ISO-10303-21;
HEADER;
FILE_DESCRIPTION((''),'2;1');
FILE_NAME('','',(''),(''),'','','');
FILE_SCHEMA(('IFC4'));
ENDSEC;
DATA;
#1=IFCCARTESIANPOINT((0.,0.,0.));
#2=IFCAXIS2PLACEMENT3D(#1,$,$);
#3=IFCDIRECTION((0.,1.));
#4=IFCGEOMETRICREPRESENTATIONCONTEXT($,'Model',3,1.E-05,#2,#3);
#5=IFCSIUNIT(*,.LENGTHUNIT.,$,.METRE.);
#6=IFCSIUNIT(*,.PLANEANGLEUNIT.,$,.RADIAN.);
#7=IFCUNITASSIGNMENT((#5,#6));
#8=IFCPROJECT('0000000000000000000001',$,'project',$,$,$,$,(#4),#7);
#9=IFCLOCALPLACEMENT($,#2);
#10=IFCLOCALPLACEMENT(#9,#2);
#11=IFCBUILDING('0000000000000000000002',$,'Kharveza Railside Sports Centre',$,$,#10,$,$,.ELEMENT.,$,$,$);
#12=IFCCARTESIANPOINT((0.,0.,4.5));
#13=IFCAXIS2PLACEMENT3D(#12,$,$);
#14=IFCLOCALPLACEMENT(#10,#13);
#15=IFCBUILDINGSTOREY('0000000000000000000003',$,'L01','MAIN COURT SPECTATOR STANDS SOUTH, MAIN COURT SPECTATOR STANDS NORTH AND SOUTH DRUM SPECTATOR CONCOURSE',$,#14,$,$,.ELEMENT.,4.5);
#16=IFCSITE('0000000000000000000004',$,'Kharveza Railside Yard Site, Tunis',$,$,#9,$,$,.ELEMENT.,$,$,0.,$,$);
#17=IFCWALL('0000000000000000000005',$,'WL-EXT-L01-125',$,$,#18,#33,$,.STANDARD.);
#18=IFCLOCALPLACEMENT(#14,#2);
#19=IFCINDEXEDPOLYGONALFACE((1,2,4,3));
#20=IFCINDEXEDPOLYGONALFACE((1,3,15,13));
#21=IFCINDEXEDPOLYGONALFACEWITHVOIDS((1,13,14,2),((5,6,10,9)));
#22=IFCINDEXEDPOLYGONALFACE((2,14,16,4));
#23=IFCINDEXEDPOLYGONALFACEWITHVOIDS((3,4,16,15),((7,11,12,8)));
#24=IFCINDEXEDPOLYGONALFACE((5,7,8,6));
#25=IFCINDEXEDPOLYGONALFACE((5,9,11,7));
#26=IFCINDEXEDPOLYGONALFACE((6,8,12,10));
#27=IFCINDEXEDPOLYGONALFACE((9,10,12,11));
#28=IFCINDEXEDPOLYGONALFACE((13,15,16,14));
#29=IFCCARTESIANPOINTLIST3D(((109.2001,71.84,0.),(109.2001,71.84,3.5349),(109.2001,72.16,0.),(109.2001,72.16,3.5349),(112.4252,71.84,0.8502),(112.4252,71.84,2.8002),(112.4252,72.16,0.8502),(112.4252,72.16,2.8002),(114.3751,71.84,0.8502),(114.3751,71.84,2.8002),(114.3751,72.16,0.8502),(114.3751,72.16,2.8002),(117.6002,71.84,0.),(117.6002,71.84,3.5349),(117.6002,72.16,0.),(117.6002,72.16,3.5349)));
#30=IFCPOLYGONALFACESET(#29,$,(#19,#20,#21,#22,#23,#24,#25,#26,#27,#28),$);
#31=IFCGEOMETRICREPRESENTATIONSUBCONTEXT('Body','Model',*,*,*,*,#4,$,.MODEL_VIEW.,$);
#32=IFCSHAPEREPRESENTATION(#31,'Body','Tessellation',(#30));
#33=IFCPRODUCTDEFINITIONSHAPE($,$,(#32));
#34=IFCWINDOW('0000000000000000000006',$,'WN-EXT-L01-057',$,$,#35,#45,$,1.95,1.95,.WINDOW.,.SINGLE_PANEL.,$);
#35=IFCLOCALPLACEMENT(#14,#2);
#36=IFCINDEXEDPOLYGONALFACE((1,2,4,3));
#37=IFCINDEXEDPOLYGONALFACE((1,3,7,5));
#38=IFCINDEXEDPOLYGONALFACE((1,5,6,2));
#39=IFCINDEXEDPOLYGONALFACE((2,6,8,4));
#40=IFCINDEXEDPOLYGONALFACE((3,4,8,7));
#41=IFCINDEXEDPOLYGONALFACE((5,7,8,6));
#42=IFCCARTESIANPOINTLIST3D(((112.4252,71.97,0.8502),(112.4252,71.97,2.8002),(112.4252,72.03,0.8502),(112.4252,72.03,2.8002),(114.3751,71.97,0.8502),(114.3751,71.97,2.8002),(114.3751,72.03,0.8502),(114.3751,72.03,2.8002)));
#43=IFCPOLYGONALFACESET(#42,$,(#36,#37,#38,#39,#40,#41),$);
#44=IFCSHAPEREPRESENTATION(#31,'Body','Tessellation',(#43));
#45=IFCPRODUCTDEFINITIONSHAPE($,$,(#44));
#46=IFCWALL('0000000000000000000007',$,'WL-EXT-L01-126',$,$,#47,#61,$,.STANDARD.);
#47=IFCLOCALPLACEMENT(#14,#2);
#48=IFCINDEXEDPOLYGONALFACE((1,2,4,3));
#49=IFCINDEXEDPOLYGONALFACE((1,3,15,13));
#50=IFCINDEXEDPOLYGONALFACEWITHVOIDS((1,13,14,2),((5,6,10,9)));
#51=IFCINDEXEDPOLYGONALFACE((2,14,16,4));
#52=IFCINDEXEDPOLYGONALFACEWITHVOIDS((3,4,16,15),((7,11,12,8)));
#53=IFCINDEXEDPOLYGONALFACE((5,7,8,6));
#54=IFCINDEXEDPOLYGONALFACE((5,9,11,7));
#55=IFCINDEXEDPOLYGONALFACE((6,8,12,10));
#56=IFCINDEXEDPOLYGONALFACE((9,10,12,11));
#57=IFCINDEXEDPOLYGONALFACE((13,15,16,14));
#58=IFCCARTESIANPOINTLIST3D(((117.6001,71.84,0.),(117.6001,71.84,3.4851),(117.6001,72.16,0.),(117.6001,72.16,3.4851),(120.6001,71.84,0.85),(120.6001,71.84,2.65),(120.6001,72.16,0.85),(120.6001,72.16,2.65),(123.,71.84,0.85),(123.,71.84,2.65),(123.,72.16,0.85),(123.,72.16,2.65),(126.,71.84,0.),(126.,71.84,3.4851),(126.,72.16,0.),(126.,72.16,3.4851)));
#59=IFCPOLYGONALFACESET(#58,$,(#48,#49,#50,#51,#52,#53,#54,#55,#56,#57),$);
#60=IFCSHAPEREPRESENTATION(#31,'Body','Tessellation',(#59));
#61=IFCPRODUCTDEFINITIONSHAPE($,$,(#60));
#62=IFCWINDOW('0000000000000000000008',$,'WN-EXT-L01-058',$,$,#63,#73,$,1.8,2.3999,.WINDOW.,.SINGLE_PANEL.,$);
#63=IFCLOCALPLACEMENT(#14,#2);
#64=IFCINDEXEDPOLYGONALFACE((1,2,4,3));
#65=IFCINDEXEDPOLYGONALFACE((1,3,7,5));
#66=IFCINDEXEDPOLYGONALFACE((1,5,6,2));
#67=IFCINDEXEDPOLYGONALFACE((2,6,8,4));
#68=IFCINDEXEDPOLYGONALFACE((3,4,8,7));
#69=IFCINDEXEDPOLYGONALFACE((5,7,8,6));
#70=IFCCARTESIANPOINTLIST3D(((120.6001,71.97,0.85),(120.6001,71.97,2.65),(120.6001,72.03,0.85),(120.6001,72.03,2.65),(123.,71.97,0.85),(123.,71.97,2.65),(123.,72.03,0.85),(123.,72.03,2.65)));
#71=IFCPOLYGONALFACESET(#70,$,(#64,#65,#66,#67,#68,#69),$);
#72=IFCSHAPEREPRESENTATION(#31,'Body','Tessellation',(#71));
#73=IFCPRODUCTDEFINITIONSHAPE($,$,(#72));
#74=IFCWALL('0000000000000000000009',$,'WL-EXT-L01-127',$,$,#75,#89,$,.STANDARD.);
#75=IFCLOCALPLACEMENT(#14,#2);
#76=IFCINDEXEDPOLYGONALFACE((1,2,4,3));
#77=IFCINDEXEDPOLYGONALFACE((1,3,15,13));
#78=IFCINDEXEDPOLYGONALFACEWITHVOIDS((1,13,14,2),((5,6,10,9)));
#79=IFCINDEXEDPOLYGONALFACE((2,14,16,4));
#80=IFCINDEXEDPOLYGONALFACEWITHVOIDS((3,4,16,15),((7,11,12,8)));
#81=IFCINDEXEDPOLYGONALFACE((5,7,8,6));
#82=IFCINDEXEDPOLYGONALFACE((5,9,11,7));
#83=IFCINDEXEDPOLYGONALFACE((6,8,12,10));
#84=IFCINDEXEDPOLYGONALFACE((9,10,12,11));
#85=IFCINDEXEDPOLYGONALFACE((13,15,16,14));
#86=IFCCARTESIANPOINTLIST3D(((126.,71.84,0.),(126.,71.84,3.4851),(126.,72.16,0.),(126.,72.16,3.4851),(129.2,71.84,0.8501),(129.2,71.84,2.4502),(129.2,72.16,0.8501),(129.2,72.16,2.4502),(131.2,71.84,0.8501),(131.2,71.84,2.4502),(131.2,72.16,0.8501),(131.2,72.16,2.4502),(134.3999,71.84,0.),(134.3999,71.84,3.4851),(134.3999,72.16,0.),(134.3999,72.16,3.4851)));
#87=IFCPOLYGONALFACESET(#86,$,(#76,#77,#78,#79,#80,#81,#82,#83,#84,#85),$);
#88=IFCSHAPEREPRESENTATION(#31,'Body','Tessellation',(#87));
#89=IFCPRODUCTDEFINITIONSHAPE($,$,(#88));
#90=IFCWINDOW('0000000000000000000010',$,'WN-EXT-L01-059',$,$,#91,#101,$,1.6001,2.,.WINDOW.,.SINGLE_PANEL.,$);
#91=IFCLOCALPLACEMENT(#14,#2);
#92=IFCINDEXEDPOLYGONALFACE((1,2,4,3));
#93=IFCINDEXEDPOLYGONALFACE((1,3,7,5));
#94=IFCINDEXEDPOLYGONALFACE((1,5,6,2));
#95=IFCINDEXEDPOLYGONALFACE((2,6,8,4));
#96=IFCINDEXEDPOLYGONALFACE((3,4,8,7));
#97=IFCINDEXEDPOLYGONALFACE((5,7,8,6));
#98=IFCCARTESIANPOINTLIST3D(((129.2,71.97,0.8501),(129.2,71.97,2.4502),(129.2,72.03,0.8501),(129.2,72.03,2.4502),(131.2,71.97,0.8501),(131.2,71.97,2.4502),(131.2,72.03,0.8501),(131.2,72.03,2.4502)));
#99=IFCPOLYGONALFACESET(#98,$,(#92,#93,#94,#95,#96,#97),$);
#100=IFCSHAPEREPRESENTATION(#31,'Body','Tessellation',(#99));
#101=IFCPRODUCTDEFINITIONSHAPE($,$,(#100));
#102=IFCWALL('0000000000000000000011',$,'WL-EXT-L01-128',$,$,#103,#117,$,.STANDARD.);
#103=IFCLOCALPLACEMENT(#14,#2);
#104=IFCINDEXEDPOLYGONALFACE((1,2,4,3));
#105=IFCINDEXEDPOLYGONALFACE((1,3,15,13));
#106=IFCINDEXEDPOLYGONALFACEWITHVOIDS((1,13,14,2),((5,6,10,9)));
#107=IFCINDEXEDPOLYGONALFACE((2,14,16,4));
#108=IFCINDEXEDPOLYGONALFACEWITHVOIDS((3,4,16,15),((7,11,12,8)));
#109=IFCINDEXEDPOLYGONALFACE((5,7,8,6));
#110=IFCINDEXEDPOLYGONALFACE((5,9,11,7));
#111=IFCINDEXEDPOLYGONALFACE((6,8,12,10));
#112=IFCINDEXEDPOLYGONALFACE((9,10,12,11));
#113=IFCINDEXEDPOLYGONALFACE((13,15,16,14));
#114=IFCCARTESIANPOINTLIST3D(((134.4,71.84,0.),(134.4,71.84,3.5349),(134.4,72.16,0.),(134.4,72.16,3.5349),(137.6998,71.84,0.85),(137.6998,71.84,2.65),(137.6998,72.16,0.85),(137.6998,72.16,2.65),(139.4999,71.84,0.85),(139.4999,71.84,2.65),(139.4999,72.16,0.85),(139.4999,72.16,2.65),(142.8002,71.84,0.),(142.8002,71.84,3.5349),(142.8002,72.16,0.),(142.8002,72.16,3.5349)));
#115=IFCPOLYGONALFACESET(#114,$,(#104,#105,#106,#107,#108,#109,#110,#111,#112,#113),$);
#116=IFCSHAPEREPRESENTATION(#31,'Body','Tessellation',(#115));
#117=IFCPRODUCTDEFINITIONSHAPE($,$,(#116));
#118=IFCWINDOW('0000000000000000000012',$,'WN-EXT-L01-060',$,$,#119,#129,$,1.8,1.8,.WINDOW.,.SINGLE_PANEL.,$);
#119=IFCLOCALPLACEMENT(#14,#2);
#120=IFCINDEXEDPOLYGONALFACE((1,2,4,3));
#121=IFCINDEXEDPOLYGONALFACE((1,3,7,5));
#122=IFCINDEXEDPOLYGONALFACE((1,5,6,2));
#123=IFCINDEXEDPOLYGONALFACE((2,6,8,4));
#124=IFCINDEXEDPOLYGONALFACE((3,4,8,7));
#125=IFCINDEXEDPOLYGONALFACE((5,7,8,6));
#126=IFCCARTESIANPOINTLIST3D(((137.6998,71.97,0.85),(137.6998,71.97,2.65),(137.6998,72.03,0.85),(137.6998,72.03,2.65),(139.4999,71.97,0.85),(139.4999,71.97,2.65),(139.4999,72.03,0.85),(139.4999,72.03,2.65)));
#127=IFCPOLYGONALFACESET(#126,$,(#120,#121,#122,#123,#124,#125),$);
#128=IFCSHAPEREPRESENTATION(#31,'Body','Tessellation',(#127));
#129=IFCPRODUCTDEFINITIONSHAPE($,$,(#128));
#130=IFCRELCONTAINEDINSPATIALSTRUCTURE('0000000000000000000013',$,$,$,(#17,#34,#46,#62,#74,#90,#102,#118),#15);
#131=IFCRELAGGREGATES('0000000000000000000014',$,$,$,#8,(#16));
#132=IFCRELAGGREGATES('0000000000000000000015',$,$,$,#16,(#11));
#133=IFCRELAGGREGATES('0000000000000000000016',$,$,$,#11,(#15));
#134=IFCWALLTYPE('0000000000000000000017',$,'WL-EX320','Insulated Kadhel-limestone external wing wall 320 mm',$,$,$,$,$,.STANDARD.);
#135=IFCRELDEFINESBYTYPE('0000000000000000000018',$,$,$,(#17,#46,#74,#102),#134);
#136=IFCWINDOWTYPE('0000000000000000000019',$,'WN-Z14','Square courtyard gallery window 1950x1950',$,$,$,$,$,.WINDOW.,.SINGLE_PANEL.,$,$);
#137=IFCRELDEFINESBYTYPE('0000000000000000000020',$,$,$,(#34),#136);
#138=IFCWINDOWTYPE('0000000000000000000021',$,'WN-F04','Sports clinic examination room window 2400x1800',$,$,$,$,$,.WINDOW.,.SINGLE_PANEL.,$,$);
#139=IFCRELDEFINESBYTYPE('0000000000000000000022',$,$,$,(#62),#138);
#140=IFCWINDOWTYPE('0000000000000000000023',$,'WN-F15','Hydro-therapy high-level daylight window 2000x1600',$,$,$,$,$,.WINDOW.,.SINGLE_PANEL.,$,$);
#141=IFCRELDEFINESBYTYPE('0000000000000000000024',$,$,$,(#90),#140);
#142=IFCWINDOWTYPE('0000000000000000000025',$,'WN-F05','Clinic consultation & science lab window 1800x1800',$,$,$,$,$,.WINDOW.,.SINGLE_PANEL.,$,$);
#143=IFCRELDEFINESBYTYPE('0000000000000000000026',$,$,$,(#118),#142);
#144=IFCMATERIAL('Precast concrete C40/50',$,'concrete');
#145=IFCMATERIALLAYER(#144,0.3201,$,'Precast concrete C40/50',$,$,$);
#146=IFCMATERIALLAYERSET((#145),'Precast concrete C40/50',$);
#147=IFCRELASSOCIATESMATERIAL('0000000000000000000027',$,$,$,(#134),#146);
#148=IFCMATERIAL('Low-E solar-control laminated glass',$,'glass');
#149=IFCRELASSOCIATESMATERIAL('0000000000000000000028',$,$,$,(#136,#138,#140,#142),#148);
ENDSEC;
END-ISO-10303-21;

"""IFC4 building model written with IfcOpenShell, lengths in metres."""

from ifc_helpers import new_model, si_unit, direction, frame, frame_2d, origin, place, context, subcontext, project, spatial, rectangle, extrude, material, layer, layer_set, type_object, element, fill, save


model = new_model("IFC4")

# Units and contexts
model_context = context("Model", 3, precision=1e-05, world=origin(), true_north=direction((0.0, 1.0)))
body_context = subcontext(model_context, "Body", "Model", "MODEL_VIEW")
ifc_project = project(units=[si_unit("LENGTHUNIT", "METRE"), si_unit("PLANEANGLEUNIT", "RADIAN")], contexts=[model_context])

# Site, building, storey
site_placement = place(None, origin())
site = spatial("IfcSite", under=ifc_project, at=site_placement, Name="Kharveza Railside Yard Site, Tunis", CompositionType="ELEMENT", RefElevation=0.0)
building_placement = place(site_placement, origin())
building = spatial("IfcBuilding", under=site, at=building_placement, Name="Kharveza Railside Sports Centre", CompositionType="ELEMENT")
storey_placement = place(building_placement, frame((0.0, 0.0, 4.5)))
storey = spatial("IfcBuildingStorey", under=building, at=storey_placement, Name="L01", Description="MAIN COURT SPECTATOR STANDS SOUTH, MAIN COURT SPECTATOR STANDS NORTH AND SOUTH DRUM SPECTATOR CONCOURSE", CompositionType="ELEMENT", Elevation=4.5)

# Walls, openings, windows
ifc_material_1 = material(Name="Precast concrete C40/50", Category="concrete")
ifc_layer = layer(ifc_material_1, 0.3201, Name="Precast concrete C40/50")
ifc_layer_set = layer_set([ifc_layer], Name="Precast concrete C40/50")
wall_type = type_object("IfcWallType", Name="WL-EX320", Description="Insulated Kadhel-limestone external wing wall 320 mm", PredefinedType="STANDARD", material=ifc_layer_set)
wall_1_placement = place(storey_placement, frame((109.2, 72.0, 0.0), z_axis=(0.0, 0.0, 1.0), x_axis=(1.0, 0.0, 0.0)))
wall_1 = element("IfcWall", 1, at=wall_1_placement, inside=storey, type_object=wall_type, Name="WL-EXT-L01-125", PredefinedType="STANDARD", context=body_context, shape_type="SweptSolid", body=[
    extrude(rectangle(XDim=8.4001, YDim=0.3201, at=frame_2d((4.2002, 0.0))), origin(), (0.0, 0.0, 1.0), 3.5349),
])
opening_1_placement = place(wall_1_placement, frame((3.2251, 0.0, 0.8501)))
opening_1 = element("IfcOpeningElement", 2, at=opening_1_placement, cuts=wall_1, PredefinedType="OPENING", context=body_context, shape_type="SweptSolid", body=[
    extrude(rectangle(XDim=1.95, YDim=1.95, at=frame_2d((0.9751, 0.9751))), frame((0.0, 0.1851, 0.0), z_axis=(0.0, -1.0, 0.0), x_axis=(1.0, 0.0, 0.0)), (0.0, 0.0, 1.0), 0.3699),
])
ifc_material_2 = material(Name="Low-E solar-control laminated glass", Category="glass")
window_type_1 = type_object("IfcWindowType", Name="WN-Z14", Description="Square courtyard gallery window 1950x1950", PartitioningType="SINGLE_PANEL", PredefinedType="WINDOW", material=ifc_material_2)
window_1_placement = place(opening_1_placement, origin())
window_1 = element("IfcWindow", 3, at=window_1_placement, inside=storey, type_object=window_type_1, Name="WN-EXT-L01-057", OverallHeight=1.95, OverallWidth=1.95, PartitioningType="SINGLE_PANEL", PredefinedType="WINDOW", context=body_context, shape_type="SweptSolid", body=[
    extrude(rectangle(XDim=1.95, YDim=1.95, at=frame_2d((0.9751, 0.9751))), frame((0.0, 0.03, 0.0), z_axis=(0.0, -1.0, 0.0), x_axis=(1.0, 0.0, 0.0)), (0.0, 0.0, 1.0), 0.0601),
])
fill(opening_1, window_1)
wall_2_placement = place(storey_placement, frame((117.6001, 72.0, 0.0), z_axis=(0.0, 0.0, 1.0), x_axis=(1.0, 0.0, 0.0)))
wall_2 = element("IfcWall", 4, at=wall_2_placement, inside=storey, type_object=wall_type, Name="WL-EXT-L01-126", PredefinedType="STANDARD", context=body_context, shape_type="SweptSolid", body=[
    extrude(rectangle(XDim=8.3999, YDim=0.3201, at=frame_2d((4.2, 0.0))), origin(), (0.0, 0.0, 1.0), 3.4851),
])
opening_2_placement = place(wall_2_placement, frame((3.0, 0.0, 0.8501)))
opening_2 = element("IfcOpeningElement", 5, at=opening_2_placement, cuts=wall_2, PredefinedType="OPENING", context=body_context, shape_type="SweptSolid", body=[
    extrude(rectangle(XDim=2.3999, YDim=1.8, at=frame_2d((1.2, 0.8999))), frame((0.0, 0.1851, 0.0), z_axis=(0.0, -1.0, 0.0), x_axis=(1.0, 0.0, 0.0)), (0.0, 0.0, 1.0), 0.3699),
])
window_type_2 = type_object("IfcWindowType", Name="WN-F04", Description="Sports clinic examination room window 2400x1800", PartitioningType="SINGLE_PANEL", PredefinedType="WINDOW", material=ifc_material_2)
window_2_placement = place(opening_2_placement, origin())
window_2 = element("IfcWindow", 6, at=window_2_placement, inside=storey, type_object=window_type_2, Name="WN-EXT-L01-058", OverallHeight=1.8, OverallWidth=2.3999, PartitioningType="SINGLE_PANEL", PredefinedType="WINDOW", context=body_context, shape_type="SweptSolid", body=[
    extrude(rectangle(XDim=2.3999, YDim=1.8, at=frame_2d((1.2, 0.8999))), frame((0.0, 0.03, 0.0), z_axis=(0.0, -1.0, 0.0), x_axis=(1.0, 0.0, 0.0)), (0.0, 0.0, 1.0), 0.0601),
])
fill(opening_2, window_2)
wall_3_placement = place(storey_placement, frame((126.0, 72.0, 0.0), z_axis=(0.0, 0.0, 1.0), x_axis=(1.0, 0.0, 0.0)))
wall_3 = element("IfcWall", 7, at=wall_3_placement, inside=storey, type_object=wall_type, Name="WL-EXT-L01-127", PredefinedType="STANDARD", context=body_context, shape_type="SweptSolid", body=[
    extrude(rectangle(XDim=8.3999, YDim=0.3201, at=frame_2d((4.2, 0.0))), origin(), (0.0, 0.0, 1.0), 3.4851),
])
opening_3_placement = place(wall_3_placement, frame((3.2, 0.0, 0.8501)))
opening_3 = element("IfcOpeningElement", 8, at=opening_3_placement, cuts=wall_3, PredefinedType="OPENING", context=body_context, shape_type="SweptSolid", body=[
    extrude(rectangle(XDim=2.0, YDim=1.6001, at=frame_2d((1.0, 0.8))), frame((0.0, 0.1851, 0.0), z_axis=(0.0, -1.0, 0.0), x_axis=(1.0, 0.0, 0.0)), (0.0, 0.0, 1.0), 0.3699),
])
window_type_3 = type_object("IfcWindowType", Name="WN-F15", Description="Hydro-therapy high-level daylight window 2000x1600", PartitioningType="SINGLE_PANEL", PredefinedType="WINDOW", material=ifc_material_2)
window_3_placement = place(opening_3_placement, origin())
window_3 = element("IfcWindow", 9, at=window_3_placement, inside=storey, type_object=window_type_3, Name="WN-EXT-L01-059", OverallHeight=1.6001, OverallWidth=2.0, PartitioningType="SINGLE_PANEL", PredefinedType="WINDOW", context=body_context, shape_type="SweptSolid", body=[
    extrude(rectangle(XDim=2.0, YDim=1.6001, at=frame_2d((1.0, 0.8))), frame((0.0, 0.03, 0.0), z_axis=(0.0, -1.0, 0.0), x_axis=(1.0, 0.0, 0.0)), (0.0, 0.0, 1.0), 0.0601),
])
fill(opening_3, window_3)
wall_4_placement = place(storey_placement, frame((134.3999, 72.0, 0.0), z_axis=(0.0, 0.0, 1.0), x_axis=(1.0, 0.0, 0.0)))
wall_4 = element("IfcWall", 10, at=wall_4_placement, inside=storey, type_object=wall_type, Name="WL-EXT-L01-128", PredefinedType="STANDARD", context=body_context, shape_type="SweptSolid", body=[
    extrude(rectangle(XDim=8.4001, YDim=0.3201, at=frame_2d((4.2002, 0.0))), origin(), (0.0, 0.0, 1.0), 3.5349),
])
opening_4_placement = place(wall_4_placement, frame((3.3, 0.0, 0.8501)))
opening_4 = element("IfcOpeningElement", 11, at=opening_4_placement, cuts=wall_4, PredefinedType="OPENING", context=body_context, shape_type="SweptSolid", body=[
    extrude(rectangle(XDim=1.8, YDim=1.8, at=frame_2d((0.8999, 0.8999))), frame((0.0, 0.1851, 0.0), z_axis=(0.0, -1.0, 0.0), x_axis=(1.0, 0.0, 0.0)), (0.0, 0.0, 1.0), 0.3699),
])
window_type_4 = type_object("IfcWindowType", Name="WN-F05", Description="Clinic consultation & science lab window 1800x1800", PartitioningType="SINGLE_PANEL", PredefinedType="WINDOW", material=ifc_material_2)
window_4_placement = place(opening_4_placement, origin())
window_4 = element("IfcWindow", 12, at=window_4_placement, inside=storey, type_object=window_type_4, Name="WN-EXT-L01-060", OverallHeight=1.8, OverallWidth=1.8, PartitioningType="SINGLE_PANEL", PredefinedType="WINDOW", context=body_context, shape_type="SweptSolid", body=[
    extrude(rectangle(XDim=1.8, YDim=1.8, at=frame_2d((0.8999, 0.8999))), frame((0.0, 0.03, 0.0), z_axis=(0.0, -1.0, 0.0), x_axis=(1.0, 0.0, 0.0)), (0.0, 0.0, 1.0), 0.0601),
])
fill(opening_4, window_4)

save(model, "model.ifc")
